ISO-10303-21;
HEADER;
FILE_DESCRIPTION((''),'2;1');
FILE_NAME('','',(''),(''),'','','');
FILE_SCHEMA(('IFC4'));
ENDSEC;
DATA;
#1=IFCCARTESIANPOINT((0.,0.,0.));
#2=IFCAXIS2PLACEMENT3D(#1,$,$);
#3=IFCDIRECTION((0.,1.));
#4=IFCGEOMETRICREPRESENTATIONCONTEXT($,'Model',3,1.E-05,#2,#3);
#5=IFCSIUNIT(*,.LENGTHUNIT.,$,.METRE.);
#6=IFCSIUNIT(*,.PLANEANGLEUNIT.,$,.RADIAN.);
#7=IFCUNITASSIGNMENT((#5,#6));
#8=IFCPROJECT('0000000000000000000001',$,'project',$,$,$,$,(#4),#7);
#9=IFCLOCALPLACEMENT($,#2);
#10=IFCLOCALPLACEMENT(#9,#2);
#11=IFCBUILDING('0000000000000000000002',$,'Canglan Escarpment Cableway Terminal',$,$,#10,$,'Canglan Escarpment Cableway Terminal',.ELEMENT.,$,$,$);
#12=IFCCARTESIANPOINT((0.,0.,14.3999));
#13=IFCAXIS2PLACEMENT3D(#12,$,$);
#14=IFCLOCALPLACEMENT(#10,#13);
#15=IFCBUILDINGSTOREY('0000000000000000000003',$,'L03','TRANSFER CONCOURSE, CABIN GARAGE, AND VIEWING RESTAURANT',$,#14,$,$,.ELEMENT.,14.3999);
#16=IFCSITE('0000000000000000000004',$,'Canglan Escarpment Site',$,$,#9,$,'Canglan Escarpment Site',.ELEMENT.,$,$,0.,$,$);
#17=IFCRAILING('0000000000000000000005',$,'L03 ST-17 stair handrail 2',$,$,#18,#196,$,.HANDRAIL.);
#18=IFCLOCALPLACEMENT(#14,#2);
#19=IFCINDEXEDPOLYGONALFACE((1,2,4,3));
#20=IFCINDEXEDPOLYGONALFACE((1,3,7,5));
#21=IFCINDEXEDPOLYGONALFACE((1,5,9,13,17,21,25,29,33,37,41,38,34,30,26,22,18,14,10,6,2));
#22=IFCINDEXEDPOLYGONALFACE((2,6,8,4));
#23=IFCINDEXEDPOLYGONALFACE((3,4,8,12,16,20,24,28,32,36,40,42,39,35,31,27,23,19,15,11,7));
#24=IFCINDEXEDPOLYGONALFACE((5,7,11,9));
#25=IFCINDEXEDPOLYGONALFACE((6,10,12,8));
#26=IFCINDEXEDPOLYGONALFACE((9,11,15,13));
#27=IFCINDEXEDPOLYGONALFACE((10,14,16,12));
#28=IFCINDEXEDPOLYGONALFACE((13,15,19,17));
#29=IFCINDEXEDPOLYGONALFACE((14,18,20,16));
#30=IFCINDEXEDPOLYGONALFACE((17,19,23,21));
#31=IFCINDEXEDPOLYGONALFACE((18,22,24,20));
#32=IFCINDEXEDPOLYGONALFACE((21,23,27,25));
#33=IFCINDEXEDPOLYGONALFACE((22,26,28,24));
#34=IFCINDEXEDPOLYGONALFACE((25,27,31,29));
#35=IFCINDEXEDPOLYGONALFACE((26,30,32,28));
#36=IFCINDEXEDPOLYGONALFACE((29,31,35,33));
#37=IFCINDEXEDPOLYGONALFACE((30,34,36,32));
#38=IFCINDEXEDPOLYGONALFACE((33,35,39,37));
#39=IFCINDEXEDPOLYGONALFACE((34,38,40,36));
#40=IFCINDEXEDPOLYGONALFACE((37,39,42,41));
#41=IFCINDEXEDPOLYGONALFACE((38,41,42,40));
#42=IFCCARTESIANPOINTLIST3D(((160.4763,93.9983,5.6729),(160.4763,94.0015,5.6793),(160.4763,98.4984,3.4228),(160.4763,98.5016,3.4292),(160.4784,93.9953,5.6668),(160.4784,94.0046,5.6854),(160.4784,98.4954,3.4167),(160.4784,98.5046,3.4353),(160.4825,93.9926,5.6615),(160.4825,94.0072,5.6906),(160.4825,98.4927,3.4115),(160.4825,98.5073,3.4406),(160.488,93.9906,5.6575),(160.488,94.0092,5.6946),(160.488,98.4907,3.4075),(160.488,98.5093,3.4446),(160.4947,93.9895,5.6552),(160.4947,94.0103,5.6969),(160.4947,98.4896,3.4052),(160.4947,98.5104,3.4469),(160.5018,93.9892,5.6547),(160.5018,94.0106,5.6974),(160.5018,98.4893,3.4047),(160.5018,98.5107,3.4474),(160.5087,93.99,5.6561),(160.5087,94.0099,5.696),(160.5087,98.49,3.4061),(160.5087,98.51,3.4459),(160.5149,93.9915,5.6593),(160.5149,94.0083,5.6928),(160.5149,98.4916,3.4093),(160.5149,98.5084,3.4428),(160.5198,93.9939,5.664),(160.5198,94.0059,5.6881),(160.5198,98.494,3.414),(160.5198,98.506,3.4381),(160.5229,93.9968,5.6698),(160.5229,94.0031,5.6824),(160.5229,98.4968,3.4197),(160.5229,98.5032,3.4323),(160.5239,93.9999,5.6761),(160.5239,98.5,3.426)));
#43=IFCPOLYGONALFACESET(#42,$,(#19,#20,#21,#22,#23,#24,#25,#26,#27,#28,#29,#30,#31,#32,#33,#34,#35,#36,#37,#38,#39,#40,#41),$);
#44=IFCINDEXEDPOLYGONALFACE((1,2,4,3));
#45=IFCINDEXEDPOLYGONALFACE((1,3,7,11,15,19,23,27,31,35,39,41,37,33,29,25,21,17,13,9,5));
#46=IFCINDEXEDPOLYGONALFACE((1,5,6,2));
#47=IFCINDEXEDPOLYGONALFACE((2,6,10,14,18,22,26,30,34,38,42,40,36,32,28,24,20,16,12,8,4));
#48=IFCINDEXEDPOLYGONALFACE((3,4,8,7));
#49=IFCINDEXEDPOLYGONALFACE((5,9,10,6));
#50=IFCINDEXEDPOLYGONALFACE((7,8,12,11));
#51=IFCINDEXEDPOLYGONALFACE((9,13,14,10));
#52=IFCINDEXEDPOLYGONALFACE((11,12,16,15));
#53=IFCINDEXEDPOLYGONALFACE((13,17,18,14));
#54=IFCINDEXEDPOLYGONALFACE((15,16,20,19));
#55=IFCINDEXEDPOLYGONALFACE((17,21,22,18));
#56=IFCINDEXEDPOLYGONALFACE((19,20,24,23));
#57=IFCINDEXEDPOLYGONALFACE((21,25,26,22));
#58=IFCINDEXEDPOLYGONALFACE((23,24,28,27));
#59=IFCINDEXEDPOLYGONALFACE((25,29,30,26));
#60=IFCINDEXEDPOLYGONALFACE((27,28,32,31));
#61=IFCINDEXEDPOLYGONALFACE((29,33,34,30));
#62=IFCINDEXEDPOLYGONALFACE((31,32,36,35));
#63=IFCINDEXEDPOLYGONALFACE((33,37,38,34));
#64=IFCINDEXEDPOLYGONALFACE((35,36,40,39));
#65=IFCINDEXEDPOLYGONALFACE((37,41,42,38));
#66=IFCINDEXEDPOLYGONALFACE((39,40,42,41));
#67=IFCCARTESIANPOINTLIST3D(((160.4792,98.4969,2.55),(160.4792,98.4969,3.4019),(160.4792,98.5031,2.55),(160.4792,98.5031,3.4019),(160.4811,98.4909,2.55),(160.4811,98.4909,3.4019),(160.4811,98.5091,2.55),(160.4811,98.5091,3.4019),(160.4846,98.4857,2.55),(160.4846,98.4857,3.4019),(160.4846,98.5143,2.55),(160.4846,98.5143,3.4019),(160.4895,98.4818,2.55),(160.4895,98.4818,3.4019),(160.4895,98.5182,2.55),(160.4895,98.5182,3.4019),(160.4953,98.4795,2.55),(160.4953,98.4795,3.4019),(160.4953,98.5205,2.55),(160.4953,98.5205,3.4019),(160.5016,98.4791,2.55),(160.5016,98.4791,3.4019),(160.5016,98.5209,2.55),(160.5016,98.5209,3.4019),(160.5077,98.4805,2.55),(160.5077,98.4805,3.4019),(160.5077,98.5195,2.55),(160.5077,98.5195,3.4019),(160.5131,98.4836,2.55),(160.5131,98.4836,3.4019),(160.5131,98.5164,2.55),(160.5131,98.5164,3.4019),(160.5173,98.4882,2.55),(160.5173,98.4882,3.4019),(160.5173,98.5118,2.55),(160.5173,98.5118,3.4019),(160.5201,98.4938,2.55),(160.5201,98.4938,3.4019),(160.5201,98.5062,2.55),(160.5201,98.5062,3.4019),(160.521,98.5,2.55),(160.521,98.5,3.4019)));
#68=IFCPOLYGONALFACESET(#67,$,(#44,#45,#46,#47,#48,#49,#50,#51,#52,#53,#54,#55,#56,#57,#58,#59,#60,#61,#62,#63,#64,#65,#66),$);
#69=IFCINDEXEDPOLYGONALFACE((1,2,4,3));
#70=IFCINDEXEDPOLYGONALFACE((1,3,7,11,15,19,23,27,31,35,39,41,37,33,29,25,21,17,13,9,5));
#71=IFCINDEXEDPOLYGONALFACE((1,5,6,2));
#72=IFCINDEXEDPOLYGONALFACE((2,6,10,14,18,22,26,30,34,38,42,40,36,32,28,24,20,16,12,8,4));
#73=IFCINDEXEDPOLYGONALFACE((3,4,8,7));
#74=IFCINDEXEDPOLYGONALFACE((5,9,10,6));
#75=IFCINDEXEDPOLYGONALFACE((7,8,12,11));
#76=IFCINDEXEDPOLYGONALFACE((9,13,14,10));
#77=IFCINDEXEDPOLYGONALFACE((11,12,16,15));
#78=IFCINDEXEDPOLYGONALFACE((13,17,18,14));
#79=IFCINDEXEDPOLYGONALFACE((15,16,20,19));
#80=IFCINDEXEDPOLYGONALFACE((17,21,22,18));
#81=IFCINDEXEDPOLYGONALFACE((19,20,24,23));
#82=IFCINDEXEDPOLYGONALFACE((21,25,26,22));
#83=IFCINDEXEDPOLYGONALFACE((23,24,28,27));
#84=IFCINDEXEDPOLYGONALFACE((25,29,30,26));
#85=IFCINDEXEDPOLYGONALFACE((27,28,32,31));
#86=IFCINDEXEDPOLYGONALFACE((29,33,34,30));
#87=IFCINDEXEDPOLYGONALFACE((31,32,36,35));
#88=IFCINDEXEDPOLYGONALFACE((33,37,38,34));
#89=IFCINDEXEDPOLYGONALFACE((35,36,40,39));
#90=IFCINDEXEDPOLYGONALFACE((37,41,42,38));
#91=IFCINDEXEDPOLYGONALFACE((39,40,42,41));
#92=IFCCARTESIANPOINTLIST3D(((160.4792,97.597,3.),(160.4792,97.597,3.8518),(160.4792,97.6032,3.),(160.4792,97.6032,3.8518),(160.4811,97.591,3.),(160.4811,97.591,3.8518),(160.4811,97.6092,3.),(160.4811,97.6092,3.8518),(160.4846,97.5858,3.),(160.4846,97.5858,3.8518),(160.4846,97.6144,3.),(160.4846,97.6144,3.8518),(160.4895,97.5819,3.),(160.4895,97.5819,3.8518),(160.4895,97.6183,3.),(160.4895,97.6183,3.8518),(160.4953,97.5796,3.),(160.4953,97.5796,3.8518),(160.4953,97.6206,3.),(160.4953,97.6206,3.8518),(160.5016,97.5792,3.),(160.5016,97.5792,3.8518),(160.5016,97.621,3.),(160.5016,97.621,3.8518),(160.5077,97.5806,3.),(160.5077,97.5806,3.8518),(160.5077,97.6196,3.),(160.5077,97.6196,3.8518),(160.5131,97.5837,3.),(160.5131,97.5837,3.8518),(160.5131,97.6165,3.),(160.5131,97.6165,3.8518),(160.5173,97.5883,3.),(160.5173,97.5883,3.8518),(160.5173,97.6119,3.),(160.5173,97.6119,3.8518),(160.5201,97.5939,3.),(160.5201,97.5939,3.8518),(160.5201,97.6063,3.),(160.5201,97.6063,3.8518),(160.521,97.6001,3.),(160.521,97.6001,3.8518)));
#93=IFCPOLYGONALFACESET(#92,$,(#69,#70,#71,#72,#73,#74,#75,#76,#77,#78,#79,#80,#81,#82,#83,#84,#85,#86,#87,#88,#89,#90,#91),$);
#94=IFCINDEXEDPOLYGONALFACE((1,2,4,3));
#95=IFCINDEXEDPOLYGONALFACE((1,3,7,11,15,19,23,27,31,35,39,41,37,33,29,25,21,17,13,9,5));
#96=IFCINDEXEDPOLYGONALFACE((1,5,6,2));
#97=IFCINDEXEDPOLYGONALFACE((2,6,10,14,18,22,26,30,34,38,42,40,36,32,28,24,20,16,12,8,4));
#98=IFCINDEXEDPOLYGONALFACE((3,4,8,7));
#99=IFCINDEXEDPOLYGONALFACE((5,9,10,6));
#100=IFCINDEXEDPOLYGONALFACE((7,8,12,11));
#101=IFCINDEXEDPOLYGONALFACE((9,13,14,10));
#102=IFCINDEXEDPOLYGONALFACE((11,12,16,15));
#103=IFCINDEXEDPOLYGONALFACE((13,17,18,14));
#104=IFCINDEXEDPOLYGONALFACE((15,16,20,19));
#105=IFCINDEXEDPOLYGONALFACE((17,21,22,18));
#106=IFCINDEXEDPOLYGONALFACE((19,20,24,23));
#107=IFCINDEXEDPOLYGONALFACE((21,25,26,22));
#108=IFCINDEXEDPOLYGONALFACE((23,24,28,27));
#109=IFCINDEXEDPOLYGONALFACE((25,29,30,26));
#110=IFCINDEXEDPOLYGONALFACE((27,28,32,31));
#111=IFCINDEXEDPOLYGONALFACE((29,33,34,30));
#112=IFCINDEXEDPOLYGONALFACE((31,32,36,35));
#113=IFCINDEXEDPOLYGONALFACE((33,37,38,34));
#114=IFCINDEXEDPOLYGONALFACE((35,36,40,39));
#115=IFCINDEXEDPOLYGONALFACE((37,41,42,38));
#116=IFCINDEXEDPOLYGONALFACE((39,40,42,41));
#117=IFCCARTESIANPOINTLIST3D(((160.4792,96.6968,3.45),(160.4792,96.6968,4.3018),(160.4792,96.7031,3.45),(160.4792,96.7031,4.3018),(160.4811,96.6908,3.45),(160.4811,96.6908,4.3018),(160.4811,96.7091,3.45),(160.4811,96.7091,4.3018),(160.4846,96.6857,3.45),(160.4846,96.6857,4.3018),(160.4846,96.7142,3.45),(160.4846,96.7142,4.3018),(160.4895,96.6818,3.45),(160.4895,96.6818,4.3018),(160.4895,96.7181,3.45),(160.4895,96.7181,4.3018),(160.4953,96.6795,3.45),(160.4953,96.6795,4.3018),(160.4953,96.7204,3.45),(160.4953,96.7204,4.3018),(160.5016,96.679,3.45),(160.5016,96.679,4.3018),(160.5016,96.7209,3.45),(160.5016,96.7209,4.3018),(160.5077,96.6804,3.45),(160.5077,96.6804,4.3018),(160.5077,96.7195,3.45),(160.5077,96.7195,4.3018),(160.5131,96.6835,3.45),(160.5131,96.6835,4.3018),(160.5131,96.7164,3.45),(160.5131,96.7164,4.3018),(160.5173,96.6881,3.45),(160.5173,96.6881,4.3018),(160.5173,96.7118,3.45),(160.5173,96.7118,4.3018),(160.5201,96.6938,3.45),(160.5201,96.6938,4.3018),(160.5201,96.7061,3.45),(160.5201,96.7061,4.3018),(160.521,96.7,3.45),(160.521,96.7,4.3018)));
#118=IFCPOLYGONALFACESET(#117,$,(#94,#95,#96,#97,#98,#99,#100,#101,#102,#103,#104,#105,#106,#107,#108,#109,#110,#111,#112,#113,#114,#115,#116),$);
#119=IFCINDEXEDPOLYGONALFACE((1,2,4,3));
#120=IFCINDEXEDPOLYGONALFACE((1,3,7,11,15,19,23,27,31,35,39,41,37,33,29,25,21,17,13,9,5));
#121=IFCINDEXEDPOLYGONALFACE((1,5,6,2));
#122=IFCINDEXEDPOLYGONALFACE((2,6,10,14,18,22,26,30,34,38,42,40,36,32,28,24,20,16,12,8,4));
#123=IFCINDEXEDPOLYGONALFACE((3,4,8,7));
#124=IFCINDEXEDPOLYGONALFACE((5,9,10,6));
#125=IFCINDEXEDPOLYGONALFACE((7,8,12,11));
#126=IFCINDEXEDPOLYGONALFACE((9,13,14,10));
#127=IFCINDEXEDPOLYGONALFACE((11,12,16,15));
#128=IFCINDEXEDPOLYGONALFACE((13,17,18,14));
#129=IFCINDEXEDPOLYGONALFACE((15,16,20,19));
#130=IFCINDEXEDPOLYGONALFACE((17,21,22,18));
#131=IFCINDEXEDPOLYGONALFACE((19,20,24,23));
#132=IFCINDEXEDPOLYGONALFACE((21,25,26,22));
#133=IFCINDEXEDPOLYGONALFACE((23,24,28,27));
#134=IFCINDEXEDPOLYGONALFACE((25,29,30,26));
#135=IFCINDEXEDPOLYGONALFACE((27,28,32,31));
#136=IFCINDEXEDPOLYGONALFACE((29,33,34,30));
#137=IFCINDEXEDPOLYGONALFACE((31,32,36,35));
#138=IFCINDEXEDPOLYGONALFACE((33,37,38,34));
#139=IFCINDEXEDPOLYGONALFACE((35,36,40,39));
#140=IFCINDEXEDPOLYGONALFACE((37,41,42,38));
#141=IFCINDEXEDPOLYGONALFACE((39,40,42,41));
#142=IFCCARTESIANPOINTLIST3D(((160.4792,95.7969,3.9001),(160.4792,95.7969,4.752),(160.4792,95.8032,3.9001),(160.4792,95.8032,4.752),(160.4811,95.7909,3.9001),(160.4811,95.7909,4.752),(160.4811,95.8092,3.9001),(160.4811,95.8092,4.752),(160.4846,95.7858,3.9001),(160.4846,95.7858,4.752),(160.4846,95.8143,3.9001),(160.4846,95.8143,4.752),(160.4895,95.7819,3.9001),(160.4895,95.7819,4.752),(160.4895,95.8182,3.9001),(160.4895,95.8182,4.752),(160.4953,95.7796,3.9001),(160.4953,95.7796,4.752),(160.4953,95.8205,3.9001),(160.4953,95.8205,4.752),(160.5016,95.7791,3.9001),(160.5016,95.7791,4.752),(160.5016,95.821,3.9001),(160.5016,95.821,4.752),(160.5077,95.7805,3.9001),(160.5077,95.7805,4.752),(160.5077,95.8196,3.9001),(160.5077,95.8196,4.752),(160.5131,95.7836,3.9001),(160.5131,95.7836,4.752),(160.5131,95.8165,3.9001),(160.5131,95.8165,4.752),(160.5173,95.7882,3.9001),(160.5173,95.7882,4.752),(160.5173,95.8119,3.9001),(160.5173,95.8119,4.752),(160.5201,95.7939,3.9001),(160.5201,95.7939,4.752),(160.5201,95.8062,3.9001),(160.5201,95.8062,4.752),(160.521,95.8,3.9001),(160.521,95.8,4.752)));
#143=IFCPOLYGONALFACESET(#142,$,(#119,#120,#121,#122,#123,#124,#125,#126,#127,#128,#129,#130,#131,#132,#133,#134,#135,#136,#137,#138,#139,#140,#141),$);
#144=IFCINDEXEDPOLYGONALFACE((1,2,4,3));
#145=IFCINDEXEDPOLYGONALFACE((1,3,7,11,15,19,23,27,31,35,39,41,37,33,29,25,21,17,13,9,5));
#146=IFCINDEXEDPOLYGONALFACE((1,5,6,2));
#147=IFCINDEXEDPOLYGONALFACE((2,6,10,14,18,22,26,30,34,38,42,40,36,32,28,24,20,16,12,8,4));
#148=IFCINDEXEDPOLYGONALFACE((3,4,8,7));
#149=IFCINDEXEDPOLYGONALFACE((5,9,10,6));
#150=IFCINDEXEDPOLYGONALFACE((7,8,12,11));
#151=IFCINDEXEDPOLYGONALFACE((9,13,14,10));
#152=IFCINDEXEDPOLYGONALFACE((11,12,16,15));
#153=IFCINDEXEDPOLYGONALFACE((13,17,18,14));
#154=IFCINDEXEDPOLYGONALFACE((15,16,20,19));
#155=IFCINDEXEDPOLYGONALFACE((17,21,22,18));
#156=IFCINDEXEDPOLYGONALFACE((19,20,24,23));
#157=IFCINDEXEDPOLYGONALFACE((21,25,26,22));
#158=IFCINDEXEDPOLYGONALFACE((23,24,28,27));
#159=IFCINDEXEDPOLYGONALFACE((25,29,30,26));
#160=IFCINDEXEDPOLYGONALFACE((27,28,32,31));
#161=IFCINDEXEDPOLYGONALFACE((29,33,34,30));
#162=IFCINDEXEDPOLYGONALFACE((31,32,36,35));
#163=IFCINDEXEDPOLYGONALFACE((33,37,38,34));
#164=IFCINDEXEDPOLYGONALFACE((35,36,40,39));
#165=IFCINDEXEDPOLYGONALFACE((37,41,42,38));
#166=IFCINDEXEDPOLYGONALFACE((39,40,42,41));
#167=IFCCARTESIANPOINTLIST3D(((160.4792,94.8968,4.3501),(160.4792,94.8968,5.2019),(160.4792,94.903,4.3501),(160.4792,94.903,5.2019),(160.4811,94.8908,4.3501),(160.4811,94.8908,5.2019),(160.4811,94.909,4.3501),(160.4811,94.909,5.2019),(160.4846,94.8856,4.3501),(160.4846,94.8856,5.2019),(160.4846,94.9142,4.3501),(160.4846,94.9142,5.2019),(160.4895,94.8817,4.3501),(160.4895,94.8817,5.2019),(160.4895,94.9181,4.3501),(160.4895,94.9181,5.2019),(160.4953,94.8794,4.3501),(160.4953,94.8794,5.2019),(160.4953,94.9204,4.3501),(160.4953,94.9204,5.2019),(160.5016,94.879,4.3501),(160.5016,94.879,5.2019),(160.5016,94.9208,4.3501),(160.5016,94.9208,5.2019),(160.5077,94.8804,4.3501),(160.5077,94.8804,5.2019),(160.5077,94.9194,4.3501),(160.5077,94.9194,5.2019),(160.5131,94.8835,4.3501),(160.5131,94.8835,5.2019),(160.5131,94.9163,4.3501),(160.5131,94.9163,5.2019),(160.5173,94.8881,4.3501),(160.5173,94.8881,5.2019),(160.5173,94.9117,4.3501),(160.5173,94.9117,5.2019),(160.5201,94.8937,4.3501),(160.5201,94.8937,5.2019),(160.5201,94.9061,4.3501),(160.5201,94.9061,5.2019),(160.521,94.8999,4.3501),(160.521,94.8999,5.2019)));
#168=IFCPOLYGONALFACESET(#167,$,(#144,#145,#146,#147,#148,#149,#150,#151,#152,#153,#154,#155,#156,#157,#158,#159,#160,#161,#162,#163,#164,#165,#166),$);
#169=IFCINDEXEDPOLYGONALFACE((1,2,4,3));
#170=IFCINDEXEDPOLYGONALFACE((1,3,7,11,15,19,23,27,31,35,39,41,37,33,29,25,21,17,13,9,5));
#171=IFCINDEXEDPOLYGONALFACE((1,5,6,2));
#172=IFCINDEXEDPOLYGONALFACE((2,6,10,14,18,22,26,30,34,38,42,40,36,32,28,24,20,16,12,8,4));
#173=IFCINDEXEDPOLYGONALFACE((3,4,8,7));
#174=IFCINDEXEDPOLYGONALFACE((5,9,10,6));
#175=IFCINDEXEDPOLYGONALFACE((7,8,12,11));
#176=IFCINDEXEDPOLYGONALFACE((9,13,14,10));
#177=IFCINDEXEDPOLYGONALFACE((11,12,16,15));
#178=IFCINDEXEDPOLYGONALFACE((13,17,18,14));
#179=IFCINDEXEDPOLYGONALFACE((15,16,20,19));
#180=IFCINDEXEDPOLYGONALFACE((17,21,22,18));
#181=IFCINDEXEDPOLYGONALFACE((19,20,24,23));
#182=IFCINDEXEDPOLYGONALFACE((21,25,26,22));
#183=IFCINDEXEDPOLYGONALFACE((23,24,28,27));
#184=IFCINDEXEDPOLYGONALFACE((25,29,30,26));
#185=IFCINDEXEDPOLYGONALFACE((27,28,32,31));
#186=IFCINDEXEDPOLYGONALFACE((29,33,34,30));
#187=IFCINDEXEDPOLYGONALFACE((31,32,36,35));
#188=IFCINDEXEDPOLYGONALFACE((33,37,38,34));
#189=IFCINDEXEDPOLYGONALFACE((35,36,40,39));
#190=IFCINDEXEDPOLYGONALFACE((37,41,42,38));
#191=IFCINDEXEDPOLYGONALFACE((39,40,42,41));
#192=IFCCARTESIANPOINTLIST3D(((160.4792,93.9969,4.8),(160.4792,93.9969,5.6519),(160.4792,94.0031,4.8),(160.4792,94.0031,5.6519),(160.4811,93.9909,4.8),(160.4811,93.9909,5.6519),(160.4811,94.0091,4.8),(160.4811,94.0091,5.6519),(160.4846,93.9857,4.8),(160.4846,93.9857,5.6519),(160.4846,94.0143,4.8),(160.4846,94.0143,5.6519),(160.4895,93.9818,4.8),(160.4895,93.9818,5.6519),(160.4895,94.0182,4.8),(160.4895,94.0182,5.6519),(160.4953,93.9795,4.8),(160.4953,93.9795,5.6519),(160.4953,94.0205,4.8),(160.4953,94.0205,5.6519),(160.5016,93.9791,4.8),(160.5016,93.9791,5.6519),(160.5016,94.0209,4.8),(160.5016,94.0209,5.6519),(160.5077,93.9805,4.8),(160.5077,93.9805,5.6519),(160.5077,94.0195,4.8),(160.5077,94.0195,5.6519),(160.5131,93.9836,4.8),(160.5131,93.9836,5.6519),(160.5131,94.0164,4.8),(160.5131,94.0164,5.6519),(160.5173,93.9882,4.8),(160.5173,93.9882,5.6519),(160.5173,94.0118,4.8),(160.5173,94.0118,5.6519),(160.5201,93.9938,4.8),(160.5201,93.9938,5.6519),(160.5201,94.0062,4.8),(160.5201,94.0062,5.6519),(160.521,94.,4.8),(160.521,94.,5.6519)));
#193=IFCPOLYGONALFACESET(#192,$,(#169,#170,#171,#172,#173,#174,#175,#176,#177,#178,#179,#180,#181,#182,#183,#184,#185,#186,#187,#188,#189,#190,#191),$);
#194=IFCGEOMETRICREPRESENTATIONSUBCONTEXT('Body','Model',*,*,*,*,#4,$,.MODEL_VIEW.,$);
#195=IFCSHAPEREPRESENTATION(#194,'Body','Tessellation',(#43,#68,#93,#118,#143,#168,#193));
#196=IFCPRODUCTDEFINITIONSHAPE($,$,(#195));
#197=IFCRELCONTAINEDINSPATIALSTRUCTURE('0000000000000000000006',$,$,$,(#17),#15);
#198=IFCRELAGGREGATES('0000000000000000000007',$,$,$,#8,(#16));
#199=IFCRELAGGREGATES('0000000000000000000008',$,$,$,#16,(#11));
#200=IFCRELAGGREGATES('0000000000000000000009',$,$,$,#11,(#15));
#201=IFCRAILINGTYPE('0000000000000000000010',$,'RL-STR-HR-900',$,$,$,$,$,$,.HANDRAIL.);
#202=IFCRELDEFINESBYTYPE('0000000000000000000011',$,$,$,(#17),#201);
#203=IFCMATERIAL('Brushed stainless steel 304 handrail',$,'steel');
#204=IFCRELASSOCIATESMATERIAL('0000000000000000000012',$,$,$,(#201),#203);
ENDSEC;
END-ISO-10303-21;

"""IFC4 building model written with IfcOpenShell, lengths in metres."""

from ifc_helpers import new_model, si_unit, direction, frame, origin, origin_2d, place, context, subcontext, project, spatial, circle, extrude, material, type_object, element, save


model = new_model("IFC4")

# Units and contexts
model_context = context("Model", 3, precision=1e-05, world=origin(), true_north=direction((0.0, 1.0)))
body_context = subcontext(model_context, "Body", "Model", "MODEL_VIEW")
ifc_project = project(units=[si_unit("LENGTHUNIT", "METRE"), si_unit("PLANEANGLEUNIT", "RADIAN")], contexts=[model_context])

# Site, building, storey
site_placement = place(None, origin())
site = spatial("IfcSite", under=ifc_project, at=site_placement, Name="Canglan Escarpment Site", LongName="Canglan Escarpment Site", CompositionType="ELEMENT", RefElevation=0.0)
building_placement = place(site_placement, origin())
building = spatial("IfcBuilding", under=site, at=building_placement, Name="Canglan Escarpment Cableway Terminal", LongName="Canglan Escarpment Cableway Terminal", CompositionType="ELEMENT")
storey_placement = place(building_placement, frame((0.0, 0.0, 14.3999)))
storey = spatial("IfcBuildingStorey", under=building, at=storey_placement, Name="L03", Description="TRANSFER CONCOURSE, CABIN GARAGE, AND VIEWING RESTAURANT", CompositionType="ELEMENT", Elevation=14.3999)

# Railing
ifc_material_1 = material(Name="Brushed stainless steel 304 handrail", Category="steel")
railing_type_1 = type_object("IfcRailingType", Name="RL-STR-HR-900", PredefinedType="HANDRAIL", material=ifc_material_1)
railing_1_placement = place(storey_placement, frame((160.5, 98.5, 2.55)))
element("IfcRailing", 1, at=railing_1_placement, inside=storey, type_object=railing_type_1, Name="L03 ST-17 stair handrail 2", PredefinedType="HANDRAIL", context=body_context, shape_type="SweptSolid", body=[
    extrude(circle(Radius=0.0239, at=origin_2d()), frame((0.0, 0.0, 0.876), z_axis=(0.0, -0.894427, 0.447214), x_axis=(1.0, 0.0, 0.0)), (0.0, 0.0, 1.0), 5.0312),
    extrude(circle(Radius=0.021, at=origin_2d()), origin(), (0.0, 0.0, 1.0), 0.8518),
    extrude(circle(Radius=0.021, at=origin_2d()), frame((0.0, -0.8999, 0.45)), (0.0, 0.0, 1.0), 0.8518),
    extrude(circle(Radius=0.021, at=origin_2d()), frame((0.0, -1.8, 0.8999)), (0.0, 0.0, 1.0), 0.8518),
    extrude(circle(Radius=0.021, at=origin_2d()), frame((0.0, -2.7, 1.3501)), (0.0, 0.0, 1.0), 0.8518),
    extrude(circle(Radius=0.021, at=origin_2d()), frame((0.0, -3.6001, 1.8)), (0.0, 0.0, 1.0), 0.8518),
    extrude(circle(Radius=0.021, at=origin_2d()), frame((0.0, -4.5, 2.25)), (0.0, 0.0, 1.0), 0.8518),
])

save(model, "model.ifc")
